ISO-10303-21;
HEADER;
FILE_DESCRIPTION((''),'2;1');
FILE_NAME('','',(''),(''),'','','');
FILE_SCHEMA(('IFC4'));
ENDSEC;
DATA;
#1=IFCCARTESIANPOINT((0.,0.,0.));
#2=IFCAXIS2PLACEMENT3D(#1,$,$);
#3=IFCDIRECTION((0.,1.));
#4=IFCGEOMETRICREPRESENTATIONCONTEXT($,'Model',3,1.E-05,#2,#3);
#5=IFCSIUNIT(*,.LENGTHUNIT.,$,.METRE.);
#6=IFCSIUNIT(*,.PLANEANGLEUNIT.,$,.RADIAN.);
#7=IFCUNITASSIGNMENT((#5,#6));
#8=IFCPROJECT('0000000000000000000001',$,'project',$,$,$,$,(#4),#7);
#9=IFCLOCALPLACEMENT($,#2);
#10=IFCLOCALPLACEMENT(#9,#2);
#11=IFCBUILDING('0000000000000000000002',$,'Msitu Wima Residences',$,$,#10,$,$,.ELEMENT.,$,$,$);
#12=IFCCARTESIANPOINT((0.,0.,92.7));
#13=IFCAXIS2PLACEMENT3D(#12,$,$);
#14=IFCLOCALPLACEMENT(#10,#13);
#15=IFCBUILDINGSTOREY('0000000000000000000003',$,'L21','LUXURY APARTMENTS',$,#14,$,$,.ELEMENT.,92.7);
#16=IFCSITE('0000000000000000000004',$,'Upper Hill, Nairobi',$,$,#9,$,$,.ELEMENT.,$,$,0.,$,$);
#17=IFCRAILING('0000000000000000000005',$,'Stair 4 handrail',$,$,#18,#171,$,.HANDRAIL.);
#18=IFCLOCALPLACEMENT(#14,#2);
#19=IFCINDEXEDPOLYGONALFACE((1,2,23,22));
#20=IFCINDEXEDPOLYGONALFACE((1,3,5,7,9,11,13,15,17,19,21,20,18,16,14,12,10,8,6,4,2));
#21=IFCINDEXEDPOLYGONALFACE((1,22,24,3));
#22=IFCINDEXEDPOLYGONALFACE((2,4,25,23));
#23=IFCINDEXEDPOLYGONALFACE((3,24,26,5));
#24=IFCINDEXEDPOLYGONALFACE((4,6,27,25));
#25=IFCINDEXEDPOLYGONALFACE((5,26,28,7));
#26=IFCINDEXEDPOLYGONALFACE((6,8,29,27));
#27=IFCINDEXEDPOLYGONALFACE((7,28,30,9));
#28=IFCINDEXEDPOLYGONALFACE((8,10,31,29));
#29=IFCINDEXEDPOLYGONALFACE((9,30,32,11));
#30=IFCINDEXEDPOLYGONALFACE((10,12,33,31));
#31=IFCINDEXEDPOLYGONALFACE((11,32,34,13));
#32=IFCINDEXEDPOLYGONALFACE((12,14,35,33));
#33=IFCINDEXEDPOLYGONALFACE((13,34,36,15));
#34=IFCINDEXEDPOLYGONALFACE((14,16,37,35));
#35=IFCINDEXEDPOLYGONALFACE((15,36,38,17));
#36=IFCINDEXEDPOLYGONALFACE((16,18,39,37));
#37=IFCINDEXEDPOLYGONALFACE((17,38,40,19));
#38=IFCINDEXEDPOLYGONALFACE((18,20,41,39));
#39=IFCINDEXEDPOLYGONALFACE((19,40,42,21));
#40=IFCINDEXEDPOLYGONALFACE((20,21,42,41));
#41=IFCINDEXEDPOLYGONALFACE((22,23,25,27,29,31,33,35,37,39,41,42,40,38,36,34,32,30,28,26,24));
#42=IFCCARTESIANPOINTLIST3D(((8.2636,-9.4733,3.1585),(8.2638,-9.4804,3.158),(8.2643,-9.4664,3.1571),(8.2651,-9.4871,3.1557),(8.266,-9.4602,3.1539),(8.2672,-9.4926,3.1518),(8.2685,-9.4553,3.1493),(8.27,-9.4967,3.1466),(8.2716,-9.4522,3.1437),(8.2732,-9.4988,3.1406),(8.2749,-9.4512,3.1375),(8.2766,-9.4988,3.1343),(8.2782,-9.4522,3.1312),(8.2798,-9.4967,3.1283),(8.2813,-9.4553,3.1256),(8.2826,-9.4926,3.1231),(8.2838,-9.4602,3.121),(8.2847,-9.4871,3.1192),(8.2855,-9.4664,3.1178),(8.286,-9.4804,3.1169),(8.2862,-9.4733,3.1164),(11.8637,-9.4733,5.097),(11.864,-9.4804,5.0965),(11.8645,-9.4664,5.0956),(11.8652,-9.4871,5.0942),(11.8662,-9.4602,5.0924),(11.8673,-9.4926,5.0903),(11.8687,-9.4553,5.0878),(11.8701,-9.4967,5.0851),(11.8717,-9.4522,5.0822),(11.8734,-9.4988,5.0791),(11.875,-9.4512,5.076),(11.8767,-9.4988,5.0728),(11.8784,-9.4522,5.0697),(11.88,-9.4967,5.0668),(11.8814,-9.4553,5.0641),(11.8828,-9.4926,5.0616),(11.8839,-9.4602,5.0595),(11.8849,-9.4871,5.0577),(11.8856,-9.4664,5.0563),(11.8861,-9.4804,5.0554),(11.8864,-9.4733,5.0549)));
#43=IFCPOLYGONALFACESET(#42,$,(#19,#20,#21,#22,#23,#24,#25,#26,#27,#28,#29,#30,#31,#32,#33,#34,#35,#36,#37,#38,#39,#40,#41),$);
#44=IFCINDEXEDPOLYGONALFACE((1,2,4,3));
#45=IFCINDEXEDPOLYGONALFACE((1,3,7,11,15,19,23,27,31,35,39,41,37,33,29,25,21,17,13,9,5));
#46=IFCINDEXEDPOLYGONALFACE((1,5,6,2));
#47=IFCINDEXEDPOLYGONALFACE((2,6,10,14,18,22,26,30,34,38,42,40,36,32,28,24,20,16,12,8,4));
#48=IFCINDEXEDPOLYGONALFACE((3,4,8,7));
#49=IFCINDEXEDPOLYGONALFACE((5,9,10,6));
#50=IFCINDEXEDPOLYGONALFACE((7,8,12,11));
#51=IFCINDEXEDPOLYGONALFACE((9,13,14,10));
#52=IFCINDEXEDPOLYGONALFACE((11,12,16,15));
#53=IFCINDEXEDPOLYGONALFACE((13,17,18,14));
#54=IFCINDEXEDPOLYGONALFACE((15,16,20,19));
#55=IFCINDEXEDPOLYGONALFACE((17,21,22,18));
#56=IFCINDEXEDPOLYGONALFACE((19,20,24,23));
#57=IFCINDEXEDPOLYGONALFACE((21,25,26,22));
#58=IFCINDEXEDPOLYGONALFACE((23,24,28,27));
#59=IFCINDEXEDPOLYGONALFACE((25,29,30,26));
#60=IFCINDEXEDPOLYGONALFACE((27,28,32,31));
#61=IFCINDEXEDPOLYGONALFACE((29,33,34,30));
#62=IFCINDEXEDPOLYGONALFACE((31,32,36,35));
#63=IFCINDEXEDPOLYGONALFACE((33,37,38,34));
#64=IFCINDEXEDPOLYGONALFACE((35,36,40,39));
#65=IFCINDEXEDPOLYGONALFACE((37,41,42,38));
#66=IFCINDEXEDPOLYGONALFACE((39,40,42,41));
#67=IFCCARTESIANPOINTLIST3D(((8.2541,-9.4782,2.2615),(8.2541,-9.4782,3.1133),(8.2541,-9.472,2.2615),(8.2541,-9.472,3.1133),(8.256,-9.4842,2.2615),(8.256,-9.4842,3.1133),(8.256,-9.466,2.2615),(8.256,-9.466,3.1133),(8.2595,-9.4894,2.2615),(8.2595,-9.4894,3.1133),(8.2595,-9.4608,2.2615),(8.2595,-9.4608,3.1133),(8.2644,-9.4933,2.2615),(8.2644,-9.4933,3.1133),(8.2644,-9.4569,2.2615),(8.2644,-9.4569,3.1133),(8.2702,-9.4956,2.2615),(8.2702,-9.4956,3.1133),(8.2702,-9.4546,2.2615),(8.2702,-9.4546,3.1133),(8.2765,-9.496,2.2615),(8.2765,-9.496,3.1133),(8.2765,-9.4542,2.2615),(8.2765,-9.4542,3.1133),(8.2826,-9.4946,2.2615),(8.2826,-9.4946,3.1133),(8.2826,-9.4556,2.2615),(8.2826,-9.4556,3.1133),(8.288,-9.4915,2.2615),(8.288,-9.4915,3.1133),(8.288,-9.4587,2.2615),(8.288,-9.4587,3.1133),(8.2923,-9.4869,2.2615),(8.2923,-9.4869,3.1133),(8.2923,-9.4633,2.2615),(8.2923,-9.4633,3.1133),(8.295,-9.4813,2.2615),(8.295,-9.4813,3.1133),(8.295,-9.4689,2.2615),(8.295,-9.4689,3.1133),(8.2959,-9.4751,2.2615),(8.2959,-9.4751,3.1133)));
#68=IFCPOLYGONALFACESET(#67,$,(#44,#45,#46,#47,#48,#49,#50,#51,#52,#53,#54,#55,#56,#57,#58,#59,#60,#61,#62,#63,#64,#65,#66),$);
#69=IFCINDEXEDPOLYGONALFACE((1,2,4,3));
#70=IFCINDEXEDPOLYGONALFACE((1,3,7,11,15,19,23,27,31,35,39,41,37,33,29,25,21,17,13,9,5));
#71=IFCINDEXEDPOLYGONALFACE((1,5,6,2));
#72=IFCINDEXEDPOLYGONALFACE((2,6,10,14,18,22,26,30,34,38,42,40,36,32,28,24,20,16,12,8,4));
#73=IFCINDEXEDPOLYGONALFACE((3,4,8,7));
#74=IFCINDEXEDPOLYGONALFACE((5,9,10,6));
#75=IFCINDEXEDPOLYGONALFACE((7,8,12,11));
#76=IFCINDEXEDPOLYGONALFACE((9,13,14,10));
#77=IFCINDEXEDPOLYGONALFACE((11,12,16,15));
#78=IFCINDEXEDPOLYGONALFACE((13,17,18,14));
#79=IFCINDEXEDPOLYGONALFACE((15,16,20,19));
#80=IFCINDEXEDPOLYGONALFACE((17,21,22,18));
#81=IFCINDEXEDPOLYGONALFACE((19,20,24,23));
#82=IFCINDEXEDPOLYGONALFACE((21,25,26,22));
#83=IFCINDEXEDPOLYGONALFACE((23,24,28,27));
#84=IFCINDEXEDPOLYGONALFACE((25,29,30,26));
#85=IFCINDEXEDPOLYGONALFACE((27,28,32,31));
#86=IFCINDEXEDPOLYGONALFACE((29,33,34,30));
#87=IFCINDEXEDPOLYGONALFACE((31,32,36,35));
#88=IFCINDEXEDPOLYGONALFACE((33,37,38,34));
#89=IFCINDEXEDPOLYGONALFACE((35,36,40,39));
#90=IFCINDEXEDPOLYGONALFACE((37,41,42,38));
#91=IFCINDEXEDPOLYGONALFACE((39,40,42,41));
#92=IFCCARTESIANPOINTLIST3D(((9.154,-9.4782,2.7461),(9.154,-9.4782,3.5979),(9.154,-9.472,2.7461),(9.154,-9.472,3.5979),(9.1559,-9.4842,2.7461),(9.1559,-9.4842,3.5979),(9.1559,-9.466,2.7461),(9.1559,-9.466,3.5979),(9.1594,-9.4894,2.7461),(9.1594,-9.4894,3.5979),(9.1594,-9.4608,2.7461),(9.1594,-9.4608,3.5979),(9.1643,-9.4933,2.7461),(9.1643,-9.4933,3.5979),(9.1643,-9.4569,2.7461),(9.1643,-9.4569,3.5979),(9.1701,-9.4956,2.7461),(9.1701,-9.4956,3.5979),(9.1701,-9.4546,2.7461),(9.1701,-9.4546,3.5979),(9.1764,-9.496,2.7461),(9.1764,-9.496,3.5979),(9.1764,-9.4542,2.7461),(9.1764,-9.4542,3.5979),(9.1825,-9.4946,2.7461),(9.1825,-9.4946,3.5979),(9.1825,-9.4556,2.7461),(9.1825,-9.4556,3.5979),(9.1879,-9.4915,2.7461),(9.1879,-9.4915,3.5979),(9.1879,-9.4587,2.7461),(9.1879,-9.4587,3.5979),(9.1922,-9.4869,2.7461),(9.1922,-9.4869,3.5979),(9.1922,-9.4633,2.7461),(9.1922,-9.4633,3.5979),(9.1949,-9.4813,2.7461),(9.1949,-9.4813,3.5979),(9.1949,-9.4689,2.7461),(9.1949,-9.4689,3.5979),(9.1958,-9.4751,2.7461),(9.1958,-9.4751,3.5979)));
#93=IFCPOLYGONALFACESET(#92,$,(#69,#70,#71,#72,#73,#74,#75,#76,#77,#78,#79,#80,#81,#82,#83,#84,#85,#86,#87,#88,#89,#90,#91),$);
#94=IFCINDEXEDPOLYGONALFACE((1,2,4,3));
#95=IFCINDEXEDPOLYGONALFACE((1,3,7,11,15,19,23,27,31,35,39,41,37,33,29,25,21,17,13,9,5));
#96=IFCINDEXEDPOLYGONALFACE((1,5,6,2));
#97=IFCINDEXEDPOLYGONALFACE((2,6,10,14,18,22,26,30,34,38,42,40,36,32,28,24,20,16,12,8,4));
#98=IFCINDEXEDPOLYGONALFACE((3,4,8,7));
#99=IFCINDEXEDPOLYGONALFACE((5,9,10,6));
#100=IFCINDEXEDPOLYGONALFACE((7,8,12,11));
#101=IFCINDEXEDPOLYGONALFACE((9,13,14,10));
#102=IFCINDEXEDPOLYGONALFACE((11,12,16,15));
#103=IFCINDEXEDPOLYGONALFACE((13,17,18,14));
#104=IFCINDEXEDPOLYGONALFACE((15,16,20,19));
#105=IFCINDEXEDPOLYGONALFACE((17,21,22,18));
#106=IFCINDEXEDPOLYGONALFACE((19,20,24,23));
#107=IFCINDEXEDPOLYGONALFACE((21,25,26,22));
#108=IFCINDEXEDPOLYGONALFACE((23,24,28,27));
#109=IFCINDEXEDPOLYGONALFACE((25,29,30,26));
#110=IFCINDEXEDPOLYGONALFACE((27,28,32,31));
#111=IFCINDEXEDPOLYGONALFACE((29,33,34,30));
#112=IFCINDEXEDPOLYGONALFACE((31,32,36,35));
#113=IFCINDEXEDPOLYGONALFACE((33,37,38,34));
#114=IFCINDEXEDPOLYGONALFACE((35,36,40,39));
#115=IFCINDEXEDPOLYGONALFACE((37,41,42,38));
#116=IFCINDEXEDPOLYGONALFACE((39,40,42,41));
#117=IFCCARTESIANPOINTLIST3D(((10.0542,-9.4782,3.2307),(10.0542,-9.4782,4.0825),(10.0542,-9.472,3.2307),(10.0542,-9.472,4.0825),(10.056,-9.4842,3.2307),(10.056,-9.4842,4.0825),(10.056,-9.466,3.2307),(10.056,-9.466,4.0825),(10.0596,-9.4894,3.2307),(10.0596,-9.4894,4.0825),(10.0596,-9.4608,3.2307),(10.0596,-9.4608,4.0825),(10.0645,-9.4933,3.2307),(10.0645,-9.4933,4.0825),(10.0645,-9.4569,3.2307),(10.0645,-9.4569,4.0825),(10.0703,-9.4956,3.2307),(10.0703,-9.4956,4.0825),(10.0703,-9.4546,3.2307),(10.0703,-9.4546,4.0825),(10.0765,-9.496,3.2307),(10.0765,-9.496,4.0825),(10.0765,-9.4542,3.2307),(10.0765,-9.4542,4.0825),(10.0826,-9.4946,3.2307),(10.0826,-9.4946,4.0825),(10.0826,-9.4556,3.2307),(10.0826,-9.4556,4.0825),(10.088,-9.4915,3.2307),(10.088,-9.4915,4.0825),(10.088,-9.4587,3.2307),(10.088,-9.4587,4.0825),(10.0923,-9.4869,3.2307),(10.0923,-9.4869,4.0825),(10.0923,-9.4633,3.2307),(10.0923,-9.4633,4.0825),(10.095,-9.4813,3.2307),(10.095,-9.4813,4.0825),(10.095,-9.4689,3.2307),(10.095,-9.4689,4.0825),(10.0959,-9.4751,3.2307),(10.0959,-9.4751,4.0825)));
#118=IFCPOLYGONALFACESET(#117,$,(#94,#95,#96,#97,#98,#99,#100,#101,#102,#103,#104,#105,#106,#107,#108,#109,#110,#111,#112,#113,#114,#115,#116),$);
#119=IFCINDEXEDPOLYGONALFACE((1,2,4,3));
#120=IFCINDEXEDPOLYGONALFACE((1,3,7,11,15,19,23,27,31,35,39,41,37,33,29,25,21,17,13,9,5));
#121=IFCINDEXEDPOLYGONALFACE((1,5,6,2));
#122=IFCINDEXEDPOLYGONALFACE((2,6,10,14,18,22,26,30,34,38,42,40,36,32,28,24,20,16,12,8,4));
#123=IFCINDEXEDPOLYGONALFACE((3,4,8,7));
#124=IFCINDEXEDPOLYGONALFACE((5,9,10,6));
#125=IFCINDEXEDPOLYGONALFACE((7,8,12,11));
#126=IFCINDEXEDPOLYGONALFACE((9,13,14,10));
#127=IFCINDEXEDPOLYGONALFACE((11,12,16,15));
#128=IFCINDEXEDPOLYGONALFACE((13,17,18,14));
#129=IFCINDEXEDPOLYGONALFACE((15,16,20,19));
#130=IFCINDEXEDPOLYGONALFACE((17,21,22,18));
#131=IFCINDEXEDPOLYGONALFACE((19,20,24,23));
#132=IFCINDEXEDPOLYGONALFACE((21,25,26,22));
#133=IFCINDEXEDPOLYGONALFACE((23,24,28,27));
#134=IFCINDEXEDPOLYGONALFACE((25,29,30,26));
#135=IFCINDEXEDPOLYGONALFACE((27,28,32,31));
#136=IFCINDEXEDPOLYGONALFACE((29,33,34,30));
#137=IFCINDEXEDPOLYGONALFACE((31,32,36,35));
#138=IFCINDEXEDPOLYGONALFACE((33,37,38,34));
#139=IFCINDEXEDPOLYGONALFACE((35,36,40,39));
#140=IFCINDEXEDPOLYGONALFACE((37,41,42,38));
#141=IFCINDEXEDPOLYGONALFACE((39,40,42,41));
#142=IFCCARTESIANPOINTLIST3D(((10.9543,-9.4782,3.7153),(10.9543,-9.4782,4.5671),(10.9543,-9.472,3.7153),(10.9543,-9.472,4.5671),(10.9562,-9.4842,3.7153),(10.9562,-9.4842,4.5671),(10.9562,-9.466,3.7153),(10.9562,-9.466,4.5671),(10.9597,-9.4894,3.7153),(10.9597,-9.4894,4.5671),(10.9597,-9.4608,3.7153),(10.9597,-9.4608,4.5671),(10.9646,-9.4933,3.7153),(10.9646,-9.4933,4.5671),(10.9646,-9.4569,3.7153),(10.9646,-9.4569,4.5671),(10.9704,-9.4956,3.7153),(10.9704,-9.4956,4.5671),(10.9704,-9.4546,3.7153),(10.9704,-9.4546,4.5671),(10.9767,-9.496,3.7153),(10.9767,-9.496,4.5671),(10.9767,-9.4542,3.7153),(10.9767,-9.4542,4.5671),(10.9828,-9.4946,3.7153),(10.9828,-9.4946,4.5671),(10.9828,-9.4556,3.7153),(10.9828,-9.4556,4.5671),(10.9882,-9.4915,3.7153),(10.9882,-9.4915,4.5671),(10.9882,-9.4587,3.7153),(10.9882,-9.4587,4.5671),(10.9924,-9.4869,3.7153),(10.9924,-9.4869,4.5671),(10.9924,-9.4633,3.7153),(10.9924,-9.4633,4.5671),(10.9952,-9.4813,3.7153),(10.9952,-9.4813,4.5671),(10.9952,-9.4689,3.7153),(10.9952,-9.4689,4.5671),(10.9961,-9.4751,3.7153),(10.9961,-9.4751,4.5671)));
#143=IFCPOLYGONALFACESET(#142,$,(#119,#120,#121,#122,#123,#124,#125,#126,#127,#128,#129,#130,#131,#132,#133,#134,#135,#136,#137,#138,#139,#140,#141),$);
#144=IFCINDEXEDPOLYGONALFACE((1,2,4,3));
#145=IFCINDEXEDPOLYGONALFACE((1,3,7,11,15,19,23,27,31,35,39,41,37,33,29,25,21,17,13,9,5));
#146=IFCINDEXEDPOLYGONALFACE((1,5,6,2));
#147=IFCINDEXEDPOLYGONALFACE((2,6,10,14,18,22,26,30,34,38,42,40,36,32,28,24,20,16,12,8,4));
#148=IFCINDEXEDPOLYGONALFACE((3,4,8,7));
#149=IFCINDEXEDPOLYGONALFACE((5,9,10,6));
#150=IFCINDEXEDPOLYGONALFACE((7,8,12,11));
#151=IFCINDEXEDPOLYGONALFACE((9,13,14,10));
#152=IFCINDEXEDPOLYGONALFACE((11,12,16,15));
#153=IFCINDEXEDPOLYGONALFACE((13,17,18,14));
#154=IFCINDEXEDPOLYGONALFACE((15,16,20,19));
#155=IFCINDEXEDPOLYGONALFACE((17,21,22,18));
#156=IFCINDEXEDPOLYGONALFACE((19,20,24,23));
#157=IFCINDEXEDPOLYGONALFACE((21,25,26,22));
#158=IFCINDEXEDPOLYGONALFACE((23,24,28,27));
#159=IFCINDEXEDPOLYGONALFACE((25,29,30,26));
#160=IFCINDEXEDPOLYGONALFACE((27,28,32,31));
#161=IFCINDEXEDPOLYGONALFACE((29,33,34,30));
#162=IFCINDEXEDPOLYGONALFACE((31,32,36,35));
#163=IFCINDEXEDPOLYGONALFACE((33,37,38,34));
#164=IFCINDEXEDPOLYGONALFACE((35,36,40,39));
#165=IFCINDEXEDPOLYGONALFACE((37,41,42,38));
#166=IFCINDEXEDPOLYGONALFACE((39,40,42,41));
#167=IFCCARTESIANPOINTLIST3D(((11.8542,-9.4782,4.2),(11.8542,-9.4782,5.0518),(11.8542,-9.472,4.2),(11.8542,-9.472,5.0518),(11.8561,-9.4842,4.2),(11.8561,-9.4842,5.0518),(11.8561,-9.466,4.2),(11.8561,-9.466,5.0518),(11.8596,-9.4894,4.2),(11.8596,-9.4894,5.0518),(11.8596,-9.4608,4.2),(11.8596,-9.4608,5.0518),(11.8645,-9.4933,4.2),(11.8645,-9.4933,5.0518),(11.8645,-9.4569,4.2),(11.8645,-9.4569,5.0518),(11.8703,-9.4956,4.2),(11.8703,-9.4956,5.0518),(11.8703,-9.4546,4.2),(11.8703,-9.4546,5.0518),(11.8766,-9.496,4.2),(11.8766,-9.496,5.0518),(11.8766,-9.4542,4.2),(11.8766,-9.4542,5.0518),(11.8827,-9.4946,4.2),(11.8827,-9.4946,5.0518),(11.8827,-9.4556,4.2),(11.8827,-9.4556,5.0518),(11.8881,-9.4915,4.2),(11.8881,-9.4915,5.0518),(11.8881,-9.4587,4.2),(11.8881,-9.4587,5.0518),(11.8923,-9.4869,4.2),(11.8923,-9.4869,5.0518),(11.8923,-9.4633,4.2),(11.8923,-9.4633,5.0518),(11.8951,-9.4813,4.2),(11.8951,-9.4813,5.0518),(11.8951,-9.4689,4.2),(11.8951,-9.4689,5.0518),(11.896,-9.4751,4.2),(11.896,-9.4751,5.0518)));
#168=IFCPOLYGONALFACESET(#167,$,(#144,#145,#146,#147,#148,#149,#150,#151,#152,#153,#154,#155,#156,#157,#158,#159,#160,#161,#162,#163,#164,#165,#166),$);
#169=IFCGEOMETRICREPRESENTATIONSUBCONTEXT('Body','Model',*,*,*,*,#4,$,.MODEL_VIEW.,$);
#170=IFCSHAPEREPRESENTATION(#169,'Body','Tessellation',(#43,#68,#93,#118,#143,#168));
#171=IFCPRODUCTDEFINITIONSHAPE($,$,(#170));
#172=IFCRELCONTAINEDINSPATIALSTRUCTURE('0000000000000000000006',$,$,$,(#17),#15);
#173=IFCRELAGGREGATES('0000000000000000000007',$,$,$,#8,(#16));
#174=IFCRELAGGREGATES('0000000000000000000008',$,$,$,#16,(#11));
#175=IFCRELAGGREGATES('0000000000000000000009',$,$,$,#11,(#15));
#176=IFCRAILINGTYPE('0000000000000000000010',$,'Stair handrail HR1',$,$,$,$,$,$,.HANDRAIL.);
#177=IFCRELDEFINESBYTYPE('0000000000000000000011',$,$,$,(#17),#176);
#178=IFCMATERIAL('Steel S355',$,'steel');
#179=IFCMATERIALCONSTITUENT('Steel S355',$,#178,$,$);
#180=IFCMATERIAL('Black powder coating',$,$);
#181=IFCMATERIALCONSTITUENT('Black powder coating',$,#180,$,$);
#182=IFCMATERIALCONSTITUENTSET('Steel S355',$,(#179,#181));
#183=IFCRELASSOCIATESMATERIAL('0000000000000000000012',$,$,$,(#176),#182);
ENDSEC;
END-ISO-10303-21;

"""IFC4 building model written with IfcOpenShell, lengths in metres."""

from ifc_helpers import new_model, si_unit, direction, frame, origin, origin_2d, place, context, subcontext, project, spatial, circle, extrude, material, constituent, constituent_set, type_object, element, save


model = new_model("IFC4")

# Units and contexts
model_context = context("Model", 3, precision=1e-05, world=origin(), true_north=direction((0.0, 1.0)))
body_context = subcontext(model_context, "Body", "Model", "MODEL_VIEW")
ifc_project = project(units=[si_unit("LENGTHUNIT", "METRE"), si_unit("PLANEANGLEUNIT", "RADIAN")], contexts=[model_context])

# Site, building, storey
site_placement = place(None, origin())
site = spatial("IfcSite", under=ifc_project, at=site_placement, Name="Upper Hill, Nairobi", CompositionType="ELEMENT", RefElevation=0.0)
building_placement = place(site_placement, origin())
building = spatial("IfcBuilding", under=site, at=building_placement, Name="Msitu Wima Residences", CompositionType="ELEMENT")
storey_placement = place(building_placement, frame((0.0, 0.0, 92.7)))
storey = spatial("IfcBuildingStorey", under=building, at=storey_placement, Name="L21", Description="LUXURY APARTMENTS", CompositionType="ELEMENT", Elevation=92.7)

# Railing
ifc_material_1 = material(Name="Steel S355", Category="steel")
ifc_constituent_1 = constituent(ifc_material_1, Name="Steel S355")
ifc_material_2 = material(Name="Black powder coating")
ifc_constituent_2 = constituent(ifc_material_2, Name="Black powder coating")
ifc_constituent_set = constituent_set(constituents=[ifc_constituent_1, ifc_constituent_2], Name="Steel S355")
railing_type = type_object("IfcRailingType", Name="Stair handrail HR1", PredefinedType="HANDRAIL", material=ifc_constituent_set)
for number, where, name in (
    (1, (8.2749, -9.4751, 2.2615), "Stair 4 handrail"),
):
    element("IfcRailing", number, at=place(storey_placement, frame(where)), inside=storey, type_object=railing_type, Name=name, PredefinedType="HANDRAIL", context=body_context, shape_type="SweptSolid", body=[
        extrude(circle(Radius=0.0239, at=origin_2d()), frame((0.0, 0.0, 0.876), z_axis=(0.880475, 0.0, 0.474093), x_axis=(0.0, 1.0, 0.0)), (0.0, 0.0, 1.0), 4.0889),
        extrude(circle(Radius=0.021, at=origin_2d()), origin(), (0.0, 0.0, 1.0), 0.8518),
        extrude(circle(Radius=0.021, at=origin_2d()), frame((0.8999, 0.0, 0.4846)), (0.0, 0.0, 1.0), 0.8518),
        extrude(circle(Radius=0.021, at=origin_2d()), frame((1.8, 0.0, 0.9692)), (0.0, 0.0, 1.0), 0.8518),
        extrude(circle(Radius=0.021, at=origin_2d()), frame((2.7002, 0.0, 1.4539)), (0.0, 0.0, 1.0), 0.8518),
        extrude(circle(Radius=0.021, at=origin_2d()), frame((3.6001, 0.0, 1.9385)), (0.0, 0.0, 1.0), 0.8518),
    ])

save(model, "model.ifc")
